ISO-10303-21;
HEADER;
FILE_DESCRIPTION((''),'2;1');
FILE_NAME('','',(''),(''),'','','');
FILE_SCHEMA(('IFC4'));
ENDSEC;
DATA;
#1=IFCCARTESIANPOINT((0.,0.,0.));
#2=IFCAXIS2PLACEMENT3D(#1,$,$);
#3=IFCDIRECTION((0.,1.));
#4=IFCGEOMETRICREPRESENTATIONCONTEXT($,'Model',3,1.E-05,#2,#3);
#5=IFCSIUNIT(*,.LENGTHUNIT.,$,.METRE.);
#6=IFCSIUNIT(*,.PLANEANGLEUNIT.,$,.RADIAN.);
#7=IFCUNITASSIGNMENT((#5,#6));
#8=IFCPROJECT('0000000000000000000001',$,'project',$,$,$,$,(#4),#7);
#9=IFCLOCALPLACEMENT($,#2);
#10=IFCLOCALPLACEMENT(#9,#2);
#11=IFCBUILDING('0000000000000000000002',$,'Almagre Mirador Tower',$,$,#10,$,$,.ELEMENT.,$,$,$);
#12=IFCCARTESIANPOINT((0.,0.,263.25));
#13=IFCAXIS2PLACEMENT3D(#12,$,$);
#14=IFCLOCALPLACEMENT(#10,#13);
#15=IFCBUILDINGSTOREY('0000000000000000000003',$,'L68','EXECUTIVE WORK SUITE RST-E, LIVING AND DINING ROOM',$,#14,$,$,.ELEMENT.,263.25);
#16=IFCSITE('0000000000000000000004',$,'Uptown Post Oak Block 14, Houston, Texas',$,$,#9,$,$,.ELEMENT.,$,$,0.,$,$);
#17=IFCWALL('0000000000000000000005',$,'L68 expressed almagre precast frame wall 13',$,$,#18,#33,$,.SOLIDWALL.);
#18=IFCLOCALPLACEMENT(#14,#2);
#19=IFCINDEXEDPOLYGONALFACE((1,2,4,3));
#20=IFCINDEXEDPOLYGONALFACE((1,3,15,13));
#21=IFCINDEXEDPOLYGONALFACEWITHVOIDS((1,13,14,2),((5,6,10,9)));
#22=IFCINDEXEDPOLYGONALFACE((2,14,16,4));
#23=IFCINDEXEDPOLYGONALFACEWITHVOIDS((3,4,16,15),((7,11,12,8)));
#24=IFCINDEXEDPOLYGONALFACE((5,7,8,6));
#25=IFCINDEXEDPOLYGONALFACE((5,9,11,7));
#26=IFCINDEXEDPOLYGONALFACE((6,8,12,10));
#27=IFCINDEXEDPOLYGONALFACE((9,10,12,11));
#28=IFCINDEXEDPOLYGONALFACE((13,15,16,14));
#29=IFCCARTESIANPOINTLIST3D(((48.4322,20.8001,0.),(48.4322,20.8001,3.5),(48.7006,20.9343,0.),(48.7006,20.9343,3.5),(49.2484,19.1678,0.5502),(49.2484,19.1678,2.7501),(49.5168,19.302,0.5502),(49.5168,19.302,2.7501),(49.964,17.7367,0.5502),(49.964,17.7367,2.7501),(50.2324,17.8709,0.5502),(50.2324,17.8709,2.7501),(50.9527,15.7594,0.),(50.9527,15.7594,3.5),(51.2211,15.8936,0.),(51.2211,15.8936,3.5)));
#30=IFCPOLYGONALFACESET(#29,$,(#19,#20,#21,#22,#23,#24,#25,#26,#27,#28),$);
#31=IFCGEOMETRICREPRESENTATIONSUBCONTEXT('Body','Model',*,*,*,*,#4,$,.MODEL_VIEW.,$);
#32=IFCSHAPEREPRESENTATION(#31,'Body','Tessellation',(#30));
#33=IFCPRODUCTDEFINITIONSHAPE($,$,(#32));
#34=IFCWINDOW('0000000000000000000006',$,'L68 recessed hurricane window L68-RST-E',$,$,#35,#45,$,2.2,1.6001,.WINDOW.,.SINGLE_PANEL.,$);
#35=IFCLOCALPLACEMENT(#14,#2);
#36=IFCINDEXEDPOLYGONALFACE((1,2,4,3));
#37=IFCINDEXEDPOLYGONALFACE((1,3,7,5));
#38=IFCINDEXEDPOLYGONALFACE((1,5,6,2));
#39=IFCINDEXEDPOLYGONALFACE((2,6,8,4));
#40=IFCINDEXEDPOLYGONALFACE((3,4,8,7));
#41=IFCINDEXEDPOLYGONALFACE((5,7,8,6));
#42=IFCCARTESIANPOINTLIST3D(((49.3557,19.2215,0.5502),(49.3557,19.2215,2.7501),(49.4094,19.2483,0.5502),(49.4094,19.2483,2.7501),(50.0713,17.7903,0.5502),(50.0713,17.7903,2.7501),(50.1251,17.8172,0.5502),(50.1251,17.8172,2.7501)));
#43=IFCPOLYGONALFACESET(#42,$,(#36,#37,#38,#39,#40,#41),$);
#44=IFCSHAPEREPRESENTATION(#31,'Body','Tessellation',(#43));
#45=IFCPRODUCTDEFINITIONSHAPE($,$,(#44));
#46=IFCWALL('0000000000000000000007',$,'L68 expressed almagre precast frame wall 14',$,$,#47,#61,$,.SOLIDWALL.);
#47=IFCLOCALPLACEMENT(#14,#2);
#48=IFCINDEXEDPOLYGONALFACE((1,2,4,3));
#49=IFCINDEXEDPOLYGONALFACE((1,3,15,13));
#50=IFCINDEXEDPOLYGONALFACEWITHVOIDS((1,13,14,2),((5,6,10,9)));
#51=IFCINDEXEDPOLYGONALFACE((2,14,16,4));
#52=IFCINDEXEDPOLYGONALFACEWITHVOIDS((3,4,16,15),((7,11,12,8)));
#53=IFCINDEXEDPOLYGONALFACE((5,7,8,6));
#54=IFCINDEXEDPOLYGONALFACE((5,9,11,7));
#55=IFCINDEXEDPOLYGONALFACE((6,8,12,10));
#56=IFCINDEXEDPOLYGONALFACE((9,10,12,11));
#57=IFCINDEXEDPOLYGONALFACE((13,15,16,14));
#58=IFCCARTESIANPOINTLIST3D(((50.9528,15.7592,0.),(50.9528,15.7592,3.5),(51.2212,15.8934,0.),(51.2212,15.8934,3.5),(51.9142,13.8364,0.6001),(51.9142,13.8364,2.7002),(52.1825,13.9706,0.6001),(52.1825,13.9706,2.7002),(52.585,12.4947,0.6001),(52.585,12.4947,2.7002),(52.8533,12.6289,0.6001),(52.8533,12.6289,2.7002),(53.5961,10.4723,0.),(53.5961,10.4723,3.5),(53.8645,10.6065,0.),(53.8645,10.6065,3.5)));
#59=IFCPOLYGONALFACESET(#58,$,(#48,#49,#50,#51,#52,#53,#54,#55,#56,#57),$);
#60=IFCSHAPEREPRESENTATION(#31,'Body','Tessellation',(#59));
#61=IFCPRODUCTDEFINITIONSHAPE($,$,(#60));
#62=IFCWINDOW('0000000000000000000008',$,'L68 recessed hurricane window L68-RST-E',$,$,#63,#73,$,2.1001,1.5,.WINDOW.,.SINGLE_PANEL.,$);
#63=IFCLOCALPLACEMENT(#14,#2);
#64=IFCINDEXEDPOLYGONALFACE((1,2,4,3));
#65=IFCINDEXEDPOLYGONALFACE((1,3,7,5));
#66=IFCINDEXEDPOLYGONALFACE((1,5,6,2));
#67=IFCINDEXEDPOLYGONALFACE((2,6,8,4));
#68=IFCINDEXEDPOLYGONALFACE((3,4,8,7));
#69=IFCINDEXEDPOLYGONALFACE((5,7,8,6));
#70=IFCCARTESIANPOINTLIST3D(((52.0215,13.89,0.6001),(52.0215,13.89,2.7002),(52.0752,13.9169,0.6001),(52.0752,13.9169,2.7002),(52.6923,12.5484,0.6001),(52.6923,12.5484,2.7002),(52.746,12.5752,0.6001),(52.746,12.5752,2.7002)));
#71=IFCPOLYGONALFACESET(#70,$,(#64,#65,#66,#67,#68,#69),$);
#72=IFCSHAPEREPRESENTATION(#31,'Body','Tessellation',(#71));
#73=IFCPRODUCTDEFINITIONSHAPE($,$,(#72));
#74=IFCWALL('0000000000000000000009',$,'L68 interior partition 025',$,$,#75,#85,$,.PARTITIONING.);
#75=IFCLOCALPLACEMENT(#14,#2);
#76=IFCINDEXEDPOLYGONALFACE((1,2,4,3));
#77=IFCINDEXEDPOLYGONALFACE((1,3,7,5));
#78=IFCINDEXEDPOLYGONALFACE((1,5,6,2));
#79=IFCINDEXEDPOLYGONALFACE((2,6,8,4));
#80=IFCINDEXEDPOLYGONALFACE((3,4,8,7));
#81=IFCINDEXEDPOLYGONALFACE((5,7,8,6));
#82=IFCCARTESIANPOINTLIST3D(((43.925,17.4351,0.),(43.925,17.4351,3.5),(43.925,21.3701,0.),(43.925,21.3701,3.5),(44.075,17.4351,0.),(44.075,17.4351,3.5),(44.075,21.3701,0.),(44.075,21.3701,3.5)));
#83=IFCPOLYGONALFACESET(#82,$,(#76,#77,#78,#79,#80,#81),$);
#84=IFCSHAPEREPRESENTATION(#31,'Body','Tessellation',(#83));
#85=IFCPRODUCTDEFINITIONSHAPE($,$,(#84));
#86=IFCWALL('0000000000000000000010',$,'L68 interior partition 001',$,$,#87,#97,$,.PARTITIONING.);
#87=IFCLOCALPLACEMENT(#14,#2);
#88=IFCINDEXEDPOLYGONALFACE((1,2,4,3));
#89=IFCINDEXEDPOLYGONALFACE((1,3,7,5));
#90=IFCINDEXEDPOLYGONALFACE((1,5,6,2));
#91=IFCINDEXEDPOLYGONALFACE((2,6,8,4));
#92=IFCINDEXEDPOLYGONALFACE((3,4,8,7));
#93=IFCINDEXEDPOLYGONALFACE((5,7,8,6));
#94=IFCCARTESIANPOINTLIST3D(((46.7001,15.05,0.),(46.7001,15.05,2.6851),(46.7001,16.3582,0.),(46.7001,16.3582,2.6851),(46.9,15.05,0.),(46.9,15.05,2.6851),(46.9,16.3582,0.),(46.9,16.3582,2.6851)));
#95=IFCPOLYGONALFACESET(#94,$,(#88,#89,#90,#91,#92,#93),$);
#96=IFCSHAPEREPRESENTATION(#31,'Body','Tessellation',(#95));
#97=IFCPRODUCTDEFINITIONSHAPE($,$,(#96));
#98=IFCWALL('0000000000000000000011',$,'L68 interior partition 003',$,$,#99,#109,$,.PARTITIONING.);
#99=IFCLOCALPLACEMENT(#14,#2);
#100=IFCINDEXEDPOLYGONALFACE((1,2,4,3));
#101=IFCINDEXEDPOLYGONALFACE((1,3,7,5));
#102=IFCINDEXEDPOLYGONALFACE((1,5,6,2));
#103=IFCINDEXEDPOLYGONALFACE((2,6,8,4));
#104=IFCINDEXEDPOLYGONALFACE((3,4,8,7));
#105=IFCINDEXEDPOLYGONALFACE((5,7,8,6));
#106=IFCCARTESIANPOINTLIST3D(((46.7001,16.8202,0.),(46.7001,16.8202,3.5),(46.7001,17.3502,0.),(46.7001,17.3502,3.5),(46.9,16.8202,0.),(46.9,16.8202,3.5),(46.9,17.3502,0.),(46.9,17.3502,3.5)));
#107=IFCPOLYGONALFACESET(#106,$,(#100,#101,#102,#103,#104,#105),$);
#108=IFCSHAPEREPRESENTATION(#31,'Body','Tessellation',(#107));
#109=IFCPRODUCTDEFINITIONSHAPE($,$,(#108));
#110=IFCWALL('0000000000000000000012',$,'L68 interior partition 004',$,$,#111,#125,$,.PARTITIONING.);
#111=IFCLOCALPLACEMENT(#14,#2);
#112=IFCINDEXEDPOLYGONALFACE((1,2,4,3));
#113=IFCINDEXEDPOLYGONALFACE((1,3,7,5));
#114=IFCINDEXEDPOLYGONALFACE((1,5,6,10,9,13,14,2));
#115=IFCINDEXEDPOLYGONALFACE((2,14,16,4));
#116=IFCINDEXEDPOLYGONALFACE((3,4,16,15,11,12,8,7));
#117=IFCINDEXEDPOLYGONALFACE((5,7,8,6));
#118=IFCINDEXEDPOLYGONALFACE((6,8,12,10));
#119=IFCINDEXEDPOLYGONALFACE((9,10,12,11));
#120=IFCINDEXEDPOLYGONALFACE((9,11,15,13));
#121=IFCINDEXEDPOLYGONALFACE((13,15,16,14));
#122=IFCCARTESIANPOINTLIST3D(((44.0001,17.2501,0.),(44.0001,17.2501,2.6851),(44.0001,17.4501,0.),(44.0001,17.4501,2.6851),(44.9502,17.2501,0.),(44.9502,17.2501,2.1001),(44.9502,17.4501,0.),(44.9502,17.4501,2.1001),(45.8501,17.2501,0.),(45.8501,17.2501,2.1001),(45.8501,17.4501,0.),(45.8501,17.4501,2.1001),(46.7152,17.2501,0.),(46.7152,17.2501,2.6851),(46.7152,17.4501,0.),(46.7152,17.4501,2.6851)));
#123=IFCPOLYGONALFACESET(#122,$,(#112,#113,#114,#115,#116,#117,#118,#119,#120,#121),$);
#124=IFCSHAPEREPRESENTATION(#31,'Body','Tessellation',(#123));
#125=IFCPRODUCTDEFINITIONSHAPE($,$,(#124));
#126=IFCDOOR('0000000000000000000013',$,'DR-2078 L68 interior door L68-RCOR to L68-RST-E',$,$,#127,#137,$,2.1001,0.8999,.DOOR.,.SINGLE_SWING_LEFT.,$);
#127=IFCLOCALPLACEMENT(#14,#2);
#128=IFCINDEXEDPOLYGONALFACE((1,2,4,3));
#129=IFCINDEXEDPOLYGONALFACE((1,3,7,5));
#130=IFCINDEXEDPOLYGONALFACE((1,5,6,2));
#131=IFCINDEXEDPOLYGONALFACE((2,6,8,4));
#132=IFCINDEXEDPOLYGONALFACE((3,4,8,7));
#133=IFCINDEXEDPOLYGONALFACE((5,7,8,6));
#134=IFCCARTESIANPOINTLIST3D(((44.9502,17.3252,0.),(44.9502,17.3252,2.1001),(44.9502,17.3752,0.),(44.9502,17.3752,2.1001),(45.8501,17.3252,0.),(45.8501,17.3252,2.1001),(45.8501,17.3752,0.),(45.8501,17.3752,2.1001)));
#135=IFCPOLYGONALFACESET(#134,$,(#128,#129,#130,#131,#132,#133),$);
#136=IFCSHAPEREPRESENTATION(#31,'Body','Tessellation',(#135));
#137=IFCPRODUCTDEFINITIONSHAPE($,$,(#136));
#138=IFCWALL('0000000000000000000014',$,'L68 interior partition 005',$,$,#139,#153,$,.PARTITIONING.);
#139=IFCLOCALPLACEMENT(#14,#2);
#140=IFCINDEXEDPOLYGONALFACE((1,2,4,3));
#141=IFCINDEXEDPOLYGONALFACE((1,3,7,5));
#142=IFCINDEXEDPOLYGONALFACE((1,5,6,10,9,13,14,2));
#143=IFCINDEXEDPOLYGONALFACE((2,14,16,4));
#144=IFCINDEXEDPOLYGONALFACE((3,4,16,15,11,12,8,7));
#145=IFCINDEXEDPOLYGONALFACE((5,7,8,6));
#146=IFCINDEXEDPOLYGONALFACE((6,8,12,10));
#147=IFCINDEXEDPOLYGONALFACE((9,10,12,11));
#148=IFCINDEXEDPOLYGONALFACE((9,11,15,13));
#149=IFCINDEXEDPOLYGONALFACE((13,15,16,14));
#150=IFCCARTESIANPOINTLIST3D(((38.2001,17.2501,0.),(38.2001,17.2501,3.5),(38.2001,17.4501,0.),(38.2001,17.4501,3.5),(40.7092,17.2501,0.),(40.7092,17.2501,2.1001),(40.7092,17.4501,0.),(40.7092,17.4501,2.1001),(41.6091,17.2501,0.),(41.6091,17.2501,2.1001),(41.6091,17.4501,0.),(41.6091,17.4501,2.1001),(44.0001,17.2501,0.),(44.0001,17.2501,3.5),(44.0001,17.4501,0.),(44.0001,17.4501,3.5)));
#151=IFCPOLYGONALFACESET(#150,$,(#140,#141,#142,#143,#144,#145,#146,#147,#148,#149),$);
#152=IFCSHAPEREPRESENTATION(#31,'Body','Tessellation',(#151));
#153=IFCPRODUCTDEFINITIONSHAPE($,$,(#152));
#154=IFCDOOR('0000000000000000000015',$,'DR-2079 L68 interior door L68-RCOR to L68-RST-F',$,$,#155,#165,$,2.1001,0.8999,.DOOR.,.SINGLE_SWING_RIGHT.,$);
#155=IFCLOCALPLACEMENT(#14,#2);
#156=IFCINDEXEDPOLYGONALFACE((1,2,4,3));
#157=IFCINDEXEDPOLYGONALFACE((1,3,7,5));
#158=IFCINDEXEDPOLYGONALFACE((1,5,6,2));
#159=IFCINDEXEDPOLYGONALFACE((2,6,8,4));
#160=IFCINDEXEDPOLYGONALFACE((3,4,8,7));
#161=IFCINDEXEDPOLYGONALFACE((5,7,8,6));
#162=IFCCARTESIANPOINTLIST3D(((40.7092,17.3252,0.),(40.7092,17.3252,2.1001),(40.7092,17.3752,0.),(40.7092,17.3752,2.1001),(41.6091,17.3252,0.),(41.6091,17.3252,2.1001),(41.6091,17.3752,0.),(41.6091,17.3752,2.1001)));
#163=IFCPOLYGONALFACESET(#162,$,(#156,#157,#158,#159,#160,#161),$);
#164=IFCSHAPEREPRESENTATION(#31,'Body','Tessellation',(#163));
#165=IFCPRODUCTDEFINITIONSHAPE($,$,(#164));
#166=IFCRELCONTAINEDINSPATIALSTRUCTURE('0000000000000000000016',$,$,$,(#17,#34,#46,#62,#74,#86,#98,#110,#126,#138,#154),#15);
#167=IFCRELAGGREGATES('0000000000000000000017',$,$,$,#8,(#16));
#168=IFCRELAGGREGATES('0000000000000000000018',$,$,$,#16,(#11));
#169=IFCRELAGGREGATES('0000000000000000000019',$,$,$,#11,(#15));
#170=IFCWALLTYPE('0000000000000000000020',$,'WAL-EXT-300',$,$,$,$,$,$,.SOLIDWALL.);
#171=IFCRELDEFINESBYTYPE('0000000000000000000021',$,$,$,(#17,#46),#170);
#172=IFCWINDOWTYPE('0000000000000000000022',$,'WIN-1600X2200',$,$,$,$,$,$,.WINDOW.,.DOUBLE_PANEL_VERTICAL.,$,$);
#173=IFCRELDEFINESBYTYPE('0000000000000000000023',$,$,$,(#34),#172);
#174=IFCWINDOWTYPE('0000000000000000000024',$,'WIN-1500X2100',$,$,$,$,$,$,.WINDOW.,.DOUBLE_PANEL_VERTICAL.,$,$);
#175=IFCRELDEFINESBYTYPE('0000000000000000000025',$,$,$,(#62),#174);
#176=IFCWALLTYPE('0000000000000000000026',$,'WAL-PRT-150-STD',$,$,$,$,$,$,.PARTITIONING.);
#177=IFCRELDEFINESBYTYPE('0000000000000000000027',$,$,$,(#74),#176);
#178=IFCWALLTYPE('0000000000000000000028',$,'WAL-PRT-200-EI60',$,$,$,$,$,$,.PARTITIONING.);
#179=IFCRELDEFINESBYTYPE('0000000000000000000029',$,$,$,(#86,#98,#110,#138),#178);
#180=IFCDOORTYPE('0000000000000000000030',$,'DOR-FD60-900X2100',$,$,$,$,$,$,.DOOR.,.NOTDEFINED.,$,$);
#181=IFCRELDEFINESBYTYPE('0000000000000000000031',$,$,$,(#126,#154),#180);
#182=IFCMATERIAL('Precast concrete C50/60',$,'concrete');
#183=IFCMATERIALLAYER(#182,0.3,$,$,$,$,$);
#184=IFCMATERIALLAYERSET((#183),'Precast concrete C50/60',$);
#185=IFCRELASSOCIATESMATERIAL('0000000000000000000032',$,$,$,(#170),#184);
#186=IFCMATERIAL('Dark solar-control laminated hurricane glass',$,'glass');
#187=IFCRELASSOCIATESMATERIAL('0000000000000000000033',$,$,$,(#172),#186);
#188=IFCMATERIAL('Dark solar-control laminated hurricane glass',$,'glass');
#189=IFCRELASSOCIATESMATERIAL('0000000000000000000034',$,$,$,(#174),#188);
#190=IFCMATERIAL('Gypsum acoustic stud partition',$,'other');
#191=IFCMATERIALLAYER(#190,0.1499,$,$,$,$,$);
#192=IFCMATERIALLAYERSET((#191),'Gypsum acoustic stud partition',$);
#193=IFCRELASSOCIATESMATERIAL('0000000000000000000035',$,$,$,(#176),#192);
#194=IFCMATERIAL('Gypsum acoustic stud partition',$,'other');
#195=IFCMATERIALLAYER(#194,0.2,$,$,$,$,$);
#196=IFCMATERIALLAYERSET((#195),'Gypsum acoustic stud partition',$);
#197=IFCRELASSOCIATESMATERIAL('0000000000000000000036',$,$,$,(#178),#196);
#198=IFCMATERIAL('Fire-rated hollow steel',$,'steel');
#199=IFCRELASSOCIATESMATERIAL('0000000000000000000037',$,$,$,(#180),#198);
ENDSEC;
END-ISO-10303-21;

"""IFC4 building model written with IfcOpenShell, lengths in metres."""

from ifc_helpers import new_model, si_unit, direction, frame, frame_2d, origin, place, context, subcontext, project, spatial, rectangle, extrude, material, layer, layer_set, type_object, element, fill, save


model = new_model("IFC4")

# Units and contexts
model_context = context("Model", 3, precision=1e-05, world=origin(), true_north=direction((0.0, 1.0)))
body_context = subcontext(model_context, "Body", "Model", "MODEL_VIEW")
ifc_project = project(units=[si_unit("LENGTHUNIT", "METRE"), si_unit("PLANEANGLEUNIT", "RADIAN")], contexts=[model_context])

# Site, building, storey
site_placement = place(None, origin())
site = spatial("IfcSite", under=ifc_project, at=site_placement, Name="Uptown Post Oak Block 14, Houston, Texas", CompositionType="ELEMENT", RefElevation=0.0)
building_placement = place(site_placement, origin())
building = spatial("IfcBuilding", under=site, at=building_placement, Name="Almagre Mirador Tower", CompositionType="ELEMENT")
storey_placement = place(building_placement, frame((0.0, 0.0, 263.25)))
storey = spatial("IfcBuildingStorey", under=building, at=storey_placement, Name="L68", Description="EXECUTIVE WORK SUITE RST-E, LIVING AND DINING ROOM", CompositionType="ELEMENT", Elevation=263.25)

# Walls, openings, windows
ifc_material_1 = material(Name="Precast concrete C50/60", Category="concrete")
ifc_layer_1 = layer(ifc_material_1, 0.3)
ifc_layer_set_1 = layer_set([ifc_layer_1], Name="Precast concrete C50/60")
wall_type_1 = type_object("IfcWallType", Name="WAL-EXT-300", PredefinedType="SOLIDWALL", material=ifc_layer_set_1)
wall_1_placement = place(storey_placement, frame((48.5664, 20.8672, 0.0), z_axis=(0.0, 0.0, 1.0), x_axis=(0.447231, -0.894419, 0.0)))
wall_1 = element("IfcWall", 1, at=wall_1_placement, inside=storey, type_object=wall_type_1, Name="L68 expressed almagre precast frame wall 13", PredefinedType="SOLIDWALL", context=body_context, shape_type="SweptSolid", body=[
    extrude(rectangle(XDim=5.6357, YDim=0.3, at=frame_2d((2.8179, 0.0))), origin(), (0.0, 0.0, 1.0), 3.5),
])
opening_1_placement = place(wall_1_placement, frame((1.825, 0.0, 0.55)))
opening_1 = element("IfcOpeningElement", 2, at=opening_1_placement, cuts=wall_1, PredefinedType="OPENING", context=body_context, shape_type="SweptSolid", body=[
    extrude(rectangle(XDim=1.6001, YDim=2.2, at=frame_2d((0.8, 1.1001))), frame((0.0, 0.1599, 0.0), z_axis=(0.0, -1.0, 0.0), x_axis=(1.0, 0.0, 0.0)), (0.0, 0.0, 1.0), 0.32),
])
ifc_material_2 = material(Name="Dark solar-control laminated hurricane glass", Category="glass")
window_type_1 = type_object("IfcWindowType", Name="WIN-1600X2200", PartitioningType="DOUBLE_PANEL_VERTICAL", PredefinedType="WINDOW", material=ifc_material_2)
window_1_placement = place(opening_1_placement, origin())
window_1 = element("IfcWindow", 3, at=window_1_placement, inside=storey, type_object=window_type_1, Name="L68 recessed hurricane window L68-RST-E", OverallHeight=2.2, OverallWidth=1.6001, PartitioningType="SINGLE_PANEL", PredefinedType="WINDOW", context=body_context, shape_type="SweptSolid", body=[
    extrude(rectangle(XDim=1.6001, YDim=2.2, at=frame_2d((0.8, 1.1001))), frame((0.0, 0.03, 0.0), z_axis=(0.0, -1.0, 0.0), x_axis=(1.0, 0.0, 0.0)), (0.0, 0.0, 1.0), 0.0601),
])
fill(opening_1, window_1)
wall_2_placement = place(storey_placement, frame((51.0869, 15.8264, 0.0), z_axis=(0.0, 0.0, 1.0), x_axis=(0.447197, -0.894435, 0.0)))
wall_2 = element("IfcWall", 4, at=wall_2_placement, inside=storey, type_object=wall_type_1, Name="L68 expressed almagre precast frame wall 14", PredefinedType="SOLIDWALL", context=body_context, shape_type="SweptSolid", body=[
    extrude(rectangle(XDim=5.9109, YDim=0.3, at=frame_2d((2.9556, 0.0))), origin(), (0.0, 0.0, 1.0), 3.5),
])
opening_2_placement = place(wall_2_placement, frame((2.1499, 0.0, 0.6001)))
opening_2 = element("IfcOpeningElement", 5, at=opening_2_placement, cuts=wall_2, PredefinedType="OPENING", context=body_context, shape_type="SweptSolid", body=[
    extrude(rectangle(XDim=1.5, YDim=2.1001, at=frame_2d((0.75, 1.05))), frame((0.0, 0.1599, 0.0), z_axis=(0.0, -1.0, 0.0), x_axis=(1.0, 0.0, 0.0)), (0.0, 0.0, 1.0), 0.32),
])
ifc_material_3 = material(Name="Dark solar-control laminated hurricane glass", Category="glass")
window_type_2 = type_object("IfcWindowType", Name="WIN-1500X2100", PartitioningType="DOUBLE_PANEL_VERTICAL", PredefinedType="WINDOW", material=ifc_material_3)
window_2_placement = place(opening_2_placement, origin())
window_2 = element("IfcWindow", 6, at=window_2_placement, inside=storey, type_object=window_type_2, Name="L68 recessed hurricane window L68-RST-E", OverallHeight=2.1001, OverallWidth=1.5, PartitioningType="SINGLE_PANEL", PredefinedType="WINDOW", context=body_context, shape_type="SweptSolid", body=[
    extrude(rectangle(XDim=1.5, YDim=2.1001, at=frame_2d((0.75, 1.05))), frame((0.0, 0.03, 0.0), z_axis=(0.0, -1.0, 0.0), x_axis=(1.0, 0.0, 0.0)), (0.0, 0.0, 1.0), 0.0601),
])
fill(opening_2, window_2)

# Walls
ifc_material_4 = material(Name="Gypsum acoustic stud partition", Category="other")
ifc_layer_2 = layer(ifc_material_4, 0.1499)
ifc_layer_set_2 = layer_set([ifc_layer_2], Name="Gypsum acoustic stud partition")
wall_type_2 = type_object("IfcWallType", Name="WAL-PRT-150-STD", PredefinedType="PARTITIONING", material=ifc_layer_set_2)
wall_3_placement = place(storey_placement, frame((44.0, 21.3701, 0.0), z_axis=(0.0, 0.0, 1.0), x_axis=(0.0, -1.0, 0.0)))
element("IfcWall", 7, at=wall_3_placement, inside=storey, type_object=wall_type_2, Name="L68 interior partition 025", PredefinedType="PARTITIONING", context=body_context, shape_type="SweptSolid", body=[
    extrude(rectangle(XDim=3.9351, YDim=0.1499, at=frame_2d((1.9675, 0.0))), origin(), (0.0, 0.0, 1.0), 3.5),
])
ifc_material_5 = material(Name="Gypsum acoustic stud partition", Category="other")
ifc_layer_3 = layer(ifc_material_5, 0.2)
ifc_layer_set_3 = layer_set([ifc_layer_3], Name="Gypsum acoustic stud partition")
wall_type_3 = type_object("IfcWallType", Name="WAL-PRT-200-EI60", PredefinedType="PARTITIONING", material=ifc_layer_set_3)
wall_4_placement = place(storey_placement, frame((46.8, 15.05, 0.0), z_axis=(0.0, 0.0, 1.0), x_axis=(0.0, 1.0, 0.0)))
element("IfcWall", 8, at=wall_4_placement, inside=storey, type_object=wall_type_3, Name="L68 interior partition 001", PredefinedType="PARTITIONING", context=body_context, shape_type="SweptSolid", body=[
    extrude(rectangle(XDim=1.3081, YDim=0.2, at=frame_2d((0.6541, 0.0))), origin(), (0.0, 0.0, 1.0), 2.6851),
])
wall_5_placement = place(storey_placement, frame((46.8, 16.8201, 0.0), z_axis=(0.0, 0.0, 1.0), x_axis=(0.0, 1.0, 0.0)))
element("IfcWall", 9, at=wall_5_placement, inside=storey, type_object=wall_type_3, Name="L68 interior partition 003", PredefinedType="PARTITIONING", context=body_context, shape_type="SweptSolid", body=[
    extrude(rectangle(XDim=0.53, YDim=0.2, at=frame_2d((0.2651, 0.0))), origin(), (0.0, 0.0, 1.0), 3.5),
])

# Walls, openings, doors
wall_6_placement = place(storey_placement, frame((46.7151, 17.3501, 0.0), z_axis=(0.0, 0.0, 1.0), x_axis=(-1.0, 0.0, 0.0)))
wall_6 = element("IfcWall", 10, at=wall_6_placement, inside=storey, type_object=wall_type_3, Name="L68 interior partition 004", PredefinedType="PARTITIONING", context=body_context, shape_type="SweptSolid", body=[
    extrude(rectangle(XDim=2.7151, YDim=0.2, at=frame_2d((1.3574, 0.0))), origin(), (0.0, 0.0, 1.0), 2.6851),
])
opening_3_placement = place(wall_6_placement, frame((0.865, 0.0, 0.0)))
opening_3 = element("IfcOpeningElement", 11, at=opening_3_placement, cuts=wall_6, PredefinedType="OPENING", context=body_context, shape_type="SweptSolid", body=[
    extrude(rectangle(XDim=0.8999, YDim=2.1001, at=frame_2d((0.45, 1.05))), frame((0.0, 0.1101, 0.0), z_axis=(0.0, -1.0, 0.0), x_axis=(1.0, 0.0, 0.0)), (0.0, 0.0, 1.0), 0.22),
])
ifc_material_6 = material(Name="Fire-rated hollow steel", Category="steel")
door_type_1 = type_object("IfcDoorType", Name="DOR-FD60-900X2100", OperationType="NOTDEFINED", PredefinedType="DOOR", material=ifc_material_6)
door_1_placement = place(opening_3_placement, origin())
door_1 = element("IfcDoor", 12, at=door_1_placement, inside=storey, type_object=door_type_1, Name="DR-2078 L68 interior door L68-RCOR to L68-RST-E", OperationType="SINGLE_SWING_LEFT", OverallHeight=2.1001, OverallWidth=0.8999, PredefinedType="DOOR", context=body_context, shape_type="SweptSolid", body=[
    extrude(rectangle(XDim=0.8999, YDim=2.1001, at=frame_2d((0.45, 1.05))), frame((0.0, 0.0249, 0.0), z_axis=(0.0, -1.0, 0.0), x_axis=(1.0, 0.0, 0.0)), (0.0, 0.0, 1.0), 0.05),
])
fill(opening_3, door_1)
wall_7_placement = place(storey_placement, frame((44.0, 17.3501, 0.0), z_axis=(0.0, 0.0, 1.0), x_axis=(-1.0, 0.0, 0.0)))
wall_7 = element("IfcWall", 13, at=wall_7_placement, inside=storey, type_object=wall_type_3, Name="L68 interior partition 005", PredefinedType="PARTITIONING", context=body_context, shape_type="SweptSolid", body=[
    extrude(rectangle(XDim=5.8, YDim=0.2, at=frame_2d((2.8999, 0.0))), origin(), (0.0, 0.0, 1.0), 3.5),
])
opening_4_placement = place(wall_7_placement, frame((2.3909, 0.0, 0.0)))
opening_4 = element("IfcOpeningElement", 14, at=opening_4_placement, cuts=wall_7, PredefinedType="OPENING", context=body_context, shape_type="SweptSolid", body=[
    extrude(rectangle(XDim=0.8999, YDim=2.1001, at=frame_2d((0.45, 1.05))), frame((0.0, 0.1101, 0.0), z_axis=(0.0, -1.0, 0.0), x_axis=(1.0, 0.0, 0.0)), (0.0, 0.0, 1.0), 0.22),
])
door_2_placement = place(opening_4_placement, origin())
door_2 = element("IfcDoor", 15, at=door_2_placement, inside=storey, type_object=door_type_1, Name="DR-2079 L68 interior door L68-RCOR to L68-RST-F", OperationType="SINGLE_SWING_RIGHT", OverallHeight=2.1001, OverallWidth=0.8999, PredefinedType="DOOR", context=body_context, shape_type="SweptSolid", body=[
    extrude(rectangle(XDim=0.8999, YDim=2.1001, at=frame_2d((0.45, 1.05))), frame((0.0, 0.0249, 0.0), z_axis=(0.0, -1.0, 0.0), x_axis=(1.0, 0.0, 0.0)), (0.0, 0.0, 1.0), 0.05),
])
fill(opening_4, door_2)

save(model, "model.ifc")
